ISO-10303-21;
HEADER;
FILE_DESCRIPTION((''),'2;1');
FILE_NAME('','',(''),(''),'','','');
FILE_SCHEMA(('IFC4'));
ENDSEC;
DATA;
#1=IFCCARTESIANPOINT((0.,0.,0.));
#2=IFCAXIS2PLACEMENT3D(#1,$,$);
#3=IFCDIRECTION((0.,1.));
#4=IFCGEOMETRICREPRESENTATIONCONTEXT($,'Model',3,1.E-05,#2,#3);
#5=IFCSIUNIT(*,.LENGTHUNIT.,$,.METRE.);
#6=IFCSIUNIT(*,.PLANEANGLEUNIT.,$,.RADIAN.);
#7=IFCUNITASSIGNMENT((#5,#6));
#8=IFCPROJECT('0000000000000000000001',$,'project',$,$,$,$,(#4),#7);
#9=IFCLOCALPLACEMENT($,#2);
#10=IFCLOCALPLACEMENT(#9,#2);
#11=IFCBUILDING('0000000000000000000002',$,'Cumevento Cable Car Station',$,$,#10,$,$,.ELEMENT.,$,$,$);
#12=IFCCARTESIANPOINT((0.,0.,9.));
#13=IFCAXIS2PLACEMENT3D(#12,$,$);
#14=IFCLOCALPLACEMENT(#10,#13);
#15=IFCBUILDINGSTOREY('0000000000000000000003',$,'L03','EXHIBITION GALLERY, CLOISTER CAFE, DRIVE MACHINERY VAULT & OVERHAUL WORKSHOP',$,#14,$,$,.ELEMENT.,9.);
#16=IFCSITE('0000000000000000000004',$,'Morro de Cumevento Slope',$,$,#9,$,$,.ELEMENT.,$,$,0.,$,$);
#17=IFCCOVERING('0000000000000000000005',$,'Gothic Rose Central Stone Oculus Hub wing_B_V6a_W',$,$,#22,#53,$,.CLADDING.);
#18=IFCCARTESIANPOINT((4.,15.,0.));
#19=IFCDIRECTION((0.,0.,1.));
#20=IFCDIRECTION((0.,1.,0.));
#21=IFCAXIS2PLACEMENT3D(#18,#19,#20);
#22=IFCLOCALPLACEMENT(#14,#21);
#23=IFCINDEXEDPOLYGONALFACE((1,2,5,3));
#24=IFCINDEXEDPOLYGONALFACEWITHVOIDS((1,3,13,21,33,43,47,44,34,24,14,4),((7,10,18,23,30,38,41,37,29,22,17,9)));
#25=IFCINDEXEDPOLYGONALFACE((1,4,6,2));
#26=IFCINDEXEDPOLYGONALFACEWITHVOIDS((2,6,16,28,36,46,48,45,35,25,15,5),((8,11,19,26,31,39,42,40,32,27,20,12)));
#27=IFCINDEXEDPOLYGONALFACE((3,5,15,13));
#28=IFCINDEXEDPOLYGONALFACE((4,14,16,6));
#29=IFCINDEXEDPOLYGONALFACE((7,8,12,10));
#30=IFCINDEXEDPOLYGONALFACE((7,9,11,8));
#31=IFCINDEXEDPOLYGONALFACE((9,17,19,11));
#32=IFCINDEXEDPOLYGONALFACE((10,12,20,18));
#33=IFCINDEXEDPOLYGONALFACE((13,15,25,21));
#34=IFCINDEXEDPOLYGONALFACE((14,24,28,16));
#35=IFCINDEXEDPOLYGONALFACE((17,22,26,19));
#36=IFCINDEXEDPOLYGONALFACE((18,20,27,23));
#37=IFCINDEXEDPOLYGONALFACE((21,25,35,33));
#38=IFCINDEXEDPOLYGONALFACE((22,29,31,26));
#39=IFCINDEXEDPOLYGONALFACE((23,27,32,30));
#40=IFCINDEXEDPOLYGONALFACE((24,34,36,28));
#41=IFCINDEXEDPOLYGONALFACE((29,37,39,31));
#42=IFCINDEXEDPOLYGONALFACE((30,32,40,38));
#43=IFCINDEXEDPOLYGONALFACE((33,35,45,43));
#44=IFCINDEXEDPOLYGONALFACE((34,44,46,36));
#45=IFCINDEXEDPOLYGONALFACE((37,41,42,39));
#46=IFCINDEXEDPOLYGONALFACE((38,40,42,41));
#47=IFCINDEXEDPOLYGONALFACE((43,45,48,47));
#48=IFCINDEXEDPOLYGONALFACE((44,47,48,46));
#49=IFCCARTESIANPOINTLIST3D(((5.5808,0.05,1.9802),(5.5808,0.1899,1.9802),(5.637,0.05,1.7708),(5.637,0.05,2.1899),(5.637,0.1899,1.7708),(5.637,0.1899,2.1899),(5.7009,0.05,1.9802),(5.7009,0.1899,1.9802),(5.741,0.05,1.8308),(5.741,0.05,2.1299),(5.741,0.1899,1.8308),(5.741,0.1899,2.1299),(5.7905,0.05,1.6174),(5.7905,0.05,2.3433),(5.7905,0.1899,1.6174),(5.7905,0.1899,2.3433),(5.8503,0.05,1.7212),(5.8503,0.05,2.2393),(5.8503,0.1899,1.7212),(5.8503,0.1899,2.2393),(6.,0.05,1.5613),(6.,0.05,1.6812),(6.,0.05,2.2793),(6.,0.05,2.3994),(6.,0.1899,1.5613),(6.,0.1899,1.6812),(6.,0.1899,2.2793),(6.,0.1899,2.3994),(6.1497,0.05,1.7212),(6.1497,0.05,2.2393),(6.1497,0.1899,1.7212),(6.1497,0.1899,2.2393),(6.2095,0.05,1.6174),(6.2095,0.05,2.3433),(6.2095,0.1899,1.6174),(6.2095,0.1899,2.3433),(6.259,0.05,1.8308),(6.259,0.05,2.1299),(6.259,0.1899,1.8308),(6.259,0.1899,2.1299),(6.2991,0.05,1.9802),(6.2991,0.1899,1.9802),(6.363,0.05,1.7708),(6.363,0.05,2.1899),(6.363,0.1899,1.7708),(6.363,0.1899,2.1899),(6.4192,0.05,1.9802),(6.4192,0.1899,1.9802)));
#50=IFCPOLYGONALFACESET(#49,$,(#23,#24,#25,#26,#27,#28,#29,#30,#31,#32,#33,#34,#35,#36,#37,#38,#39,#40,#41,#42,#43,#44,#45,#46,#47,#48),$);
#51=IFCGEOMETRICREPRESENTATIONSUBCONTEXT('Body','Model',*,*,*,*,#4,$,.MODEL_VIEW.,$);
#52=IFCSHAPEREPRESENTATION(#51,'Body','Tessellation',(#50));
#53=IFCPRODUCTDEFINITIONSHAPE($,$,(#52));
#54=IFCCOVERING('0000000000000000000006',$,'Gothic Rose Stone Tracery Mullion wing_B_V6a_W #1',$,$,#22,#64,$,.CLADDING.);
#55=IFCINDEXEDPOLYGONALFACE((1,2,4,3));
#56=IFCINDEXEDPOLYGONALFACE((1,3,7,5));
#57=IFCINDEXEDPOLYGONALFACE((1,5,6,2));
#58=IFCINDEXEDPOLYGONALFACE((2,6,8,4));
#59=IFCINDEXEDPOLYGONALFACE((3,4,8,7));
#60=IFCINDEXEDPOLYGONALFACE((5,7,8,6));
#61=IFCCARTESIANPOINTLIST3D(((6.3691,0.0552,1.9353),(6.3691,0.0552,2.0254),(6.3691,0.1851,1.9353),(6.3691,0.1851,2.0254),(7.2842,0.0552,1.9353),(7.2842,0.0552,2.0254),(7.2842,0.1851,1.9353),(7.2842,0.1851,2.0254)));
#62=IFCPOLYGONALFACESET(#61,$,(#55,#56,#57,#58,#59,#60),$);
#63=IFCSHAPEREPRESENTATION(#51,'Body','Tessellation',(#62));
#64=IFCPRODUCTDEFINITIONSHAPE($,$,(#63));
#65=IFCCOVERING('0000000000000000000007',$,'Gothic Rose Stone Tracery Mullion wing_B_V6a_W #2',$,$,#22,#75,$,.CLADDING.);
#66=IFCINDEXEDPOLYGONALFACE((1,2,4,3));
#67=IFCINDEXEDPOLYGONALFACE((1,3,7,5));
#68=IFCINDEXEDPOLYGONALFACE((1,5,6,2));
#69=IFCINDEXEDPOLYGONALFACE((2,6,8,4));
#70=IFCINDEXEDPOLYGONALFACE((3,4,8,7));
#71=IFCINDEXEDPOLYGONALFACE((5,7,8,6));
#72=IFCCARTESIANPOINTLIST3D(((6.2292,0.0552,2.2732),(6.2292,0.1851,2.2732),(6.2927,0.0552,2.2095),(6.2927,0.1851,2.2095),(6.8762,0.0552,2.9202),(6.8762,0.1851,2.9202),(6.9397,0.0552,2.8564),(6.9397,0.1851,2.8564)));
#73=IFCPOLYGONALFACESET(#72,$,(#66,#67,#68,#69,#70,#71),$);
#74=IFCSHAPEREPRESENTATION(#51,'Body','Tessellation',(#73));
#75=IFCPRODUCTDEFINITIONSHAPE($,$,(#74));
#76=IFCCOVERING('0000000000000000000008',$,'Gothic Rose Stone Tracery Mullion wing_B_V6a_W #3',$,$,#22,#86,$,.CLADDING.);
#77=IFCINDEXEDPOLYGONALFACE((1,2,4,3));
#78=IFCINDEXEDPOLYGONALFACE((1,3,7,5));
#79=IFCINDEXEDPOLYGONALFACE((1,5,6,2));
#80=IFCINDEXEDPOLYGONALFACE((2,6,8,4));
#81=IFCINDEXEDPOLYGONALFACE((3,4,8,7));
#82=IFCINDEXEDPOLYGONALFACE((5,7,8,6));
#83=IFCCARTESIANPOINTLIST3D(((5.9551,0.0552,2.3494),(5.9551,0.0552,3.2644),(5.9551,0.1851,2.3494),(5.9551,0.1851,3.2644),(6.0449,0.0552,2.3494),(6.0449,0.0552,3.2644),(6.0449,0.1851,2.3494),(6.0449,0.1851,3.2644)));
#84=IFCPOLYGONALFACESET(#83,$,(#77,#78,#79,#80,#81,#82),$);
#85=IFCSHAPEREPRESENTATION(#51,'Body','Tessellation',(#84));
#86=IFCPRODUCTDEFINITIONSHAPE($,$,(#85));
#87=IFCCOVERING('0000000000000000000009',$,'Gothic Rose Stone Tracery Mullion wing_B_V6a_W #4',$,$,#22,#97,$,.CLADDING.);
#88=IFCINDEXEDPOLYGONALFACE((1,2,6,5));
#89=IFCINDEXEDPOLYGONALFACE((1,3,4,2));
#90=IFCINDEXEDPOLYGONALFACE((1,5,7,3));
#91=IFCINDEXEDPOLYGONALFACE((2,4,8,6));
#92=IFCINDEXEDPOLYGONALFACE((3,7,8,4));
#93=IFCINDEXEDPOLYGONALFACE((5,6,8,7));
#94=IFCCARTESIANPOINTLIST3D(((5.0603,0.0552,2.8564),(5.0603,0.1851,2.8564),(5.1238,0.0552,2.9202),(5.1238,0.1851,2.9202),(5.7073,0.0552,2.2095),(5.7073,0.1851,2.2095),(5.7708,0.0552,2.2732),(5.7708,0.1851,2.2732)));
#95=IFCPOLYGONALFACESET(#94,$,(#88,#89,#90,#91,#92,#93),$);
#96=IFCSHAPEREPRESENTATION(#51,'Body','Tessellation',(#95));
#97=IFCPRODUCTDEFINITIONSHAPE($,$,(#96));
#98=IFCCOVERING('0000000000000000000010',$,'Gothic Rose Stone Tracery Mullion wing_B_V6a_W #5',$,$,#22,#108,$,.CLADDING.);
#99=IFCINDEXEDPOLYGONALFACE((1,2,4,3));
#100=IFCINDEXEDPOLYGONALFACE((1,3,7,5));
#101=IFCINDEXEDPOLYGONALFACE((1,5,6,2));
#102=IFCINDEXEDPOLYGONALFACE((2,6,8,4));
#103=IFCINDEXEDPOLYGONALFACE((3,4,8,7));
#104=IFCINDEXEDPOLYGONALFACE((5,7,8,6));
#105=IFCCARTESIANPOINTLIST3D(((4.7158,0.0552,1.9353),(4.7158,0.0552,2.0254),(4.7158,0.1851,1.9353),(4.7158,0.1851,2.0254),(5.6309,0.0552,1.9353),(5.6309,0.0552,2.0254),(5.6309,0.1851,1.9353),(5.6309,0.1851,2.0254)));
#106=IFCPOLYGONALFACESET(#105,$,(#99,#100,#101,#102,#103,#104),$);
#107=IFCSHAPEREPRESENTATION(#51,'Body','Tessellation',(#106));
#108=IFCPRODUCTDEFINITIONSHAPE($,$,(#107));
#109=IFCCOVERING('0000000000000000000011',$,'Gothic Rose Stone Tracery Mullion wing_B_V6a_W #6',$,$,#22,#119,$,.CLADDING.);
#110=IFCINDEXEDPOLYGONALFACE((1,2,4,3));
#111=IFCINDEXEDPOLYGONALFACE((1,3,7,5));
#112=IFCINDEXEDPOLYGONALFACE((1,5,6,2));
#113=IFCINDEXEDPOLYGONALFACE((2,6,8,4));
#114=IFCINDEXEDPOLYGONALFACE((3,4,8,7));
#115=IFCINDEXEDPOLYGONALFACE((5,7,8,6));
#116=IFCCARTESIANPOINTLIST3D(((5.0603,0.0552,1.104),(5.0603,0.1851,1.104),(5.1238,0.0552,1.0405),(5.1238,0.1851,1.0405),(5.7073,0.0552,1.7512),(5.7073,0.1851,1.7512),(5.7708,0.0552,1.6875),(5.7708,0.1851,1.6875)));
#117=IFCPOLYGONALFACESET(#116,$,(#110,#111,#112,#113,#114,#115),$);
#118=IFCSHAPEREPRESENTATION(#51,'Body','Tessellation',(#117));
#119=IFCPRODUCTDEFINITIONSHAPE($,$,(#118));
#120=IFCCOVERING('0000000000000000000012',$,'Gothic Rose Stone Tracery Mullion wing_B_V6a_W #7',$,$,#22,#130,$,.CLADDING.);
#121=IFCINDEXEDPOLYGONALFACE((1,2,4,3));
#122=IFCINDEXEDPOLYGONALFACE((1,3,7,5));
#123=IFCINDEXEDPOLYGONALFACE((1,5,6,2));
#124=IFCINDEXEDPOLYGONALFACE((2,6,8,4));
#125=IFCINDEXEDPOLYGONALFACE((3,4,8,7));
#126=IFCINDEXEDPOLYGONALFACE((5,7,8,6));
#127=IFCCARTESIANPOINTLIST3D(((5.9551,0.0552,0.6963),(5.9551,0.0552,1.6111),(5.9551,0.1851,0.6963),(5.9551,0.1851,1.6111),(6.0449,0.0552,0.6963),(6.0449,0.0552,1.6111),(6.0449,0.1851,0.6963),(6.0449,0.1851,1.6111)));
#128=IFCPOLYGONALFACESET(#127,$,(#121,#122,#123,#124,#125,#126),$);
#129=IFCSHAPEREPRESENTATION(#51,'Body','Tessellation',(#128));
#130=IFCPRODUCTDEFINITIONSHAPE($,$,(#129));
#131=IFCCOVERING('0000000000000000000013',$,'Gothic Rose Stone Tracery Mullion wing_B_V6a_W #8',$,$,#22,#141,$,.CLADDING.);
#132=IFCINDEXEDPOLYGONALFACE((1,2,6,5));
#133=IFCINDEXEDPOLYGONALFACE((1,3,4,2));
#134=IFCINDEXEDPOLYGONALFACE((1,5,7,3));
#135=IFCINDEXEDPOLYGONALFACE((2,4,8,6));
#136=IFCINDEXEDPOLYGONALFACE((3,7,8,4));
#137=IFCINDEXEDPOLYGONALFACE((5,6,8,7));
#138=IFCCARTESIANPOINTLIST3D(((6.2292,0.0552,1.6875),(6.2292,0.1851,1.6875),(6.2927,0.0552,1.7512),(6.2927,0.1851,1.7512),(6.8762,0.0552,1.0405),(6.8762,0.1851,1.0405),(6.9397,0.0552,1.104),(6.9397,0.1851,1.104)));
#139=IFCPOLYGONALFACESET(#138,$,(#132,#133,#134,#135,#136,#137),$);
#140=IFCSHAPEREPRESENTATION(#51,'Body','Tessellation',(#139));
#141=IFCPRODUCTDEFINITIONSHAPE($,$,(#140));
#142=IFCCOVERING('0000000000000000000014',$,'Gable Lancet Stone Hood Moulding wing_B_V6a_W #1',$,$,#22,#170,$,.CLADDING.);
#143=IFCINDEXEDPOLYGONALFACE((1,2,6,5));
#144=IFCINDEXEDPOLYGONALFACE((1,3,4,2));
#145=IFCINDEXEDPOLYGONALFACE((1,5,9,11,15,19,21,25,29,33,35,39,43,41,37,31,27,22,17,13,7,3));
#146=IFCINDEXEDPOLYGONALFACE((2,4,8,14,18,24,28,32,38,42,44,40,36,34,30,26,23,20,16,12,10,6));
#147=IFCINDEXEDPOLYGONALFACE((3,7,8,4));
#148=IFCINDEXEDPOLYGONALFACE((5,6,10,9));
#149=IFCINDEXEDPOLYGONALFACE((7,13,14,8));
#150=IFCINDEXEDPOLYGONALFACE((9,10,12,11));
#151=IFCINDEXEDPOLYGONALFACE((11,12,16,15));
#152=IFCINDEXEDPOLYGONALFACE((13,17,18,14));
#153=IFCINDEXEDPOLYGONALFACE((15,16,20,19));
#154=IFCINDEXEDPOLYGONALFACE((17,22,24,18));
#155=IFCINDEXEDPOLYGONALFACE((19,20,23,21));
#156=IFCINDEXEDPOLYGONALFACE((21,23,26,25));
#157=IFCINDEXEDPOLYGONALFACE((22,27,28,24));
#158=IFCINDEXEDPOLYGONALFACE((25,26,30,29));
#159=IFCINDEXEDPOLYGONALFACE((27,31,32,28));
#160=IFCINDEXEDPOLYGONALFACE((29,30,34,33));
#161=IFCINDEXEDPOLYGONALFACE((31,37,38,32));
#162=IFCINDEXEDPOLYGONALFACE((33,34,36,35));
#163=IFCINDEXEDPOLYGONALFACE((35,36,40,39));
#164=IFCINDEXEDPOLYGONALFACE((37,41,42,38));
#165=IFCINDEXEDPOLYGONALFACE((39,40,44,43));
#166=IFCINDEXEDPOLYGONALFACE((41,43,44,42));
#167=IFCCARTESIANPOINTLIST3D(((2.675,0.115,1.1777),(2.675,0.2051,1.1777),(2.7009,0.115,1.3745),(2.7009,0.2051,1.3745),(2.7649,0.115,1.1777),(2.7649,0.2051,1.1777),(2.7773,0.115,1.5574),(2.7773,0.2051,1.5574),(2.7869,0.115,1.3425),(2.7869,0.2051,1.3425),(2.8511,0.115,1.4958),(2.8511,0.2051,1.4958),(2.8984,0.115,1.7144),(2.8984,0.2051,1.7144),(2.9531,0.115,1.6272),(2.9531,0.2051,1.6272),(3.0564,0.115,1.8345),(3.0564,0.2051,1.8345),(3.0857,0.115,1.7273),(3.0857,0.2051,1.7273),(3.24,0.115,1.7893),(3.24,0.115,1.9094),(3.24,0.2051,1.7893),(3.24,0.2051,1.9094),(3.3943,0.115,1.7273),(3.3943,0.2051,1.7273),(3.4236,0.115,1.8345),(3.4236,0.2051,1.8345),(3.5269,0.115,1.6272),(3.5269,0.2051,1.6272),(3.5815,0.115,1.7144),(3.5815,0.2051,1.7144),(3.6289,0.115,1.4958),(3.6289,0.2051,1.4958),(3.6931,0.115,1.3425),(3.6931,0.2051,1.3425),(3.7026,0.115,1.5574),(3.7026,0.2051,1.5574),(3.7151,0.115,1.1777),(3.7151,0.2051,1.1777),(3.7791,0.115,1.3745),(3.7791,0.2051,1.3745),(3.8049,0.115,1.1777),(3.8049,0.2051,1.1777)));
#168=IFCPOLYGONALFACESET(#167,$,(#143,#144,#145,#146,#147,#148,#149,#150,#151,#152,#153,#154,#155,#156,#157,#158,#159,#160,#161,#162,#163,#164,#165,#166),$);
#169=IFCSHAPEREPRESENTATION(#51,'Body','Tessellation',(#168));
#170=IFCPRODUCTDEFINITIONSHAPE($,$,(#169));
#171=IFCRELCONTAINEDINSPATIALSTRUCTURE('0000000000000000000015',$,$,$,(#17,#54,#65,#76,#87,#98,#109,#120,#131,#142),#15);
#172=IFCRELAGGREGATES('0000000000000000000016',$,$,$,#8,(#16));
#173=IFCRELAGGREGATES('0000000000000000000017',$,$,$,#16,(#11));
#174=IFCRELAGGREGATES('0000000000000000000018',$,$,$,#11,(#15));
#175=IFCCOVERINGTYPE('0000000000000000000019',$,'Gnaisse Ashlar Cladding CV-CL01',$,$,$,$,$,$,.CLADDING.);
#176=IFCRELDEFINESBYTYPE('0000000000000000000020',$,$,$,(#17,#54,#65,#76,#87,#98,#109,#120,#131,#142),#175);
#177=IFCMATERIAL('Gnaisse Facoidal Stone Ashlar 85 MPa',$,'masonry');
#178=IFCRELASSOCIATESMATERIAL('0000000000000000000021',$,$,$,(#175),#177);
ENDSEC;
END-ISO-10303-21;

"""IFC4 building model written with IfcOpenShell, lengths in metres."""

from ifc_helpers import new_model, si_unit, direction, frame, origin, place, context, subcontext, project, spatial, polyline, outline, extrude, material, type_object, element, save


model = new_model("IFC4")

# Units and contexts
model_context = context("Model", 3, precision=1e-05, world=origin(), true_north=direction((0.0, 1.0)))
body_context = subcontext(model_context, "Body", "Model", "MODEL_VIEW")
ifc_project = project(units=[si_unit("LENGTHUNIT", "METRE"), si_unit("PLANEANGLEUNIT", "RADIAN")], contexts=[model_context])

# Site, building, storey
site_placement = place(None, origin())
site = spatial("IfcSite", under=ifc_project, at=site_placement, Name="Morro de Cumevento Slope", CompositionType="ELEMENT", RefElevation=0.0)
building_placement = place(site_placement, origin())
building = spatial("IfcBuilding", under=site, at=building_placement, Name="Cumevento Cable Car Station", CompositionType="ELEMENT")
storey_placement = place(building_placement, frame((0.0, 0.0, 9.0)))
storey = spatial("IfcBuildingStorey", under=building, at=storey_placement, Name="L03", Description="EXHIBITION GALLERY, CLOISTER CAFE, DRIVE MACHINERY VAULT & OVERHAUL WORKSHOP", CompositionType="ELEMENT", Elevation=9.0)

# Coverings
ifc_material_1 = material(Name="Gnaisse Facoidal Stone Ashlar 85 MPa", Category="masonry")
covering_type_1 = type_object("IfcCoveringType", Name="Gnaisse Ashlar Cladding CV-CL01", PredefinedType="CLADDING", material=ifc_material_1)
placement = place(storey_placement, frame((4.0, 15.0, 0.0), z_axis=(0.0, 0.0, 1.0), x_axis=(0.0, 1.0, 0.0)))
element("IfcCovering", 1, at=placement, inside=storey, type_object=covering_type_1, Name="Gothic Rose Central Stone Oculus Hub wing_B_V6a_W", PredefinedType="CLADDING", context=body_context, shape_type="SweptSolid", body=[
    extrude(outline(polyline([(6.4192, 1.9802), (6.363, 2.1899), (6.2095, 2.3433), (6.0, 2.3994), (5.7905, 2.3433), (5.637, 2.1899), (5.5808, 1.9802), (5.637, 1.7708), (5.7905, 1.6174), (6.0, 1.5613), (6.2095, 1.6174), (6.363, 1.7708), (6.4192, 1.9802)]), holes=[polyline([(6.2991, 1.9802), (6.259, 2.1299), (6.1497, 2.2393), (6.0, 2.2793), (5.8503, 2.2393), (5.741, 2.1299), (5.7009, 1.9802), (5.741, 1.8308), (5.8503, 1.7212), (6.0, 1.6812), (6.1497, 1.7212), (6.259, 1.8308), (6.2991, 1.9802)])]), frame((0.0, 0.1899, 0.0), z_axis=(0.0, -1.0, 0.0), x_axis=(1.0, 0.0, 0.0)), (0.0, 0.0, 1.0), 0.1399),
])
element("IfcCovering", 2, at=placement, inside=storey, type_object=covering_type_1, Name="Gothic Rose Stone Tracery Mullion wing_B_V6a_W #1", PredefinedType="CLADDING", context=body_context, shape_type="SweptSolid", body=[
    extrude(outline(polyline([(6.3691, 2.0254), (7.2842, 2.0254), (7.2842, 1.9353), (6.3691, 1.9353), (6.3691, 2.0254)])), frame((0.0, 0.1851, 0.0), z_axis=(0.0, -1.0, 0.0), x_axis=(1.0, 0.0, 0.0)), (0.0, 0.0, 1.0), 0.1299),
])
element("IfcCovering", 3, at=placement, inside=storey, type_object=covering_type_1, Name="Gothic Rose Stone Tracery Mullion wing_B_V6a_W #2", PredefinedType="CLADDING", context=body_context, shape_type="SweptSolid", body=[
    extrude(outline(polyline([(6.2292, 2.2732), (6.8762, 2.9202), (6.9397, 2.8564), (6.2927, 2.2095), (6.2292, 2.2732)])), frame((0.0, 0.1851, 0.0), z_axis=(0.0, -1.0, 0.0), x_axis=(1.0, 0.0, 0.0)), (0.0, 0.0, 1.0), 0.1299),
])
element("IfcCovering", 4, at=placement, inside=storey, type_object=covering_type_1, Name="Gothic Rose Stone Tracery Mullion wing_B_V6a_W #3", PredefinedType="CLADDING", context=body_context, shape_type="SweptSolid", body=[
    extrude(outline(polyline([(5.9551, 2.3494), (5.9551, 3.2644), (6.0449, 3.2644), (6.0449, 2.3494), (5.9551, 2.3494)])), frame((0.0, 0.1851, 0.0), z_axis=(0.0, -1.0, 0.0), x_axis=(1.0, 0.0, 0.0)), (0.0, 0.0, 1.0), 0.1299),
])
element("IfcCovering", 5, at=placement, inside=storey, type_object=covering_type_1, Name="Gothic Rose Stone Tracery Mullion wing_B_V6a_W #4", PredefinedType="CLADDING", context=body_context, shape_type="SweptSolid", body=[
    extrude(outline(polyline([(5.7073, 2.2095), (5.0603, 2.8564), (5.1238, 2.9202), (5.7708, 2.2732), (5.7073, 2.2095)])), frame((0.0, 0.1851, 0.0), z_axis=(0.0, -1.0, 0.0), x_axis=(1.0, 0.0, 0.0)), (0.0, 0.0, 1.0), 0.1299),
])
element("IfcCovering", 6, at=placement, inside=storey, type_object=covering_type_1, Name="Gothic Rose Stone Tracery Mullion wing_B_V6a_W #5", PredefinedType="CLADDING", context=body_context, shape_type="SweptSolid", body=[
    extrude(outline(polyline([(5.6309, 1.9353), (4.7158, 1.9353), (4.7158, 2.0254), (5.6309, 2.0254), (5.6309, 1.9353)])), frame((0.0, 0.1851, 0.0), z_axis=(0.0, -1.0, 0.0), x_axis=(1.0, 0.0, 0.0)), (0.0, 0.0, 1.0), 0.1299),
])
element("IfcCovering", 7, at=placement, inside=storey, type_object=covering_type_1, Name="Gothic Rose Stone Tracery Mullion wing_B_V6a_W #6", PredefinedType="CLADDING", context=body_context, shape_type="SweptSolid", body=[
    extrude(outline(polyline([(5.7708, 1.6875), (5.1238, 1.0405), (5.0603, 1.104), (5.7073, 1.7512), (5.7708, 1.6875)])), frame((0.0, 0.1851, 0.0), z_axis=(0.0, -1.0, 0.0), x_axis=(1.0, 0.0, 0.0)), (0.0, 0.0, 1.0), 0.1299),
])
element("IfcCovering", 8, at=placement, inside=storey, type_object=covering_type_1, Name="Gothic Rose Stone Tracery Mullion wing_B_V6a_W #7", PredefinedType="CLADDING", context=body_context, shape_type="SweptSolid", body=[
    extrude(outline(polyline([(6.0449, 1.6111), (6.0449, 0.6963), (5.9551, 0.6963), (5.9551, 1.6111), (6.0449, 1.6111)])), frame((0.0, 0.1851, 0.0), z_axis=(0.0, -1.0, 0.0), x_axis=(1.0, 0.0, 0.0)), (0.0, 0.0, 1.0), 0.1299),
])
element("IfcCovering", 9, at=placement, inside=storey, type_object=covering_type_1, Name="Gothic Rose Stone Tracery Mullion wing_B_V6a_W #8", PredefinedType="CLADDING", context=body_context, shape_type="SweptSolid", body=[
    extrude(outline(polyline([(6.2927, 1.7512), (6.9397, 1.104), (6.8762, 1.0405), (6.2292, 1.6875), (6.2927, 1.7512)])), frame((0.0, 0.1851, 0.0), z_axis=(0.0, -1.0, 0.0), x_axis=(1.0, 0.0, 0.0)), (0.0, 0.0, 1.0), 0.1299),
])
element("IfcCovering", 10, at=placement, inside=storey, type_object=covering_type_1, Name="Gable Lancet Stone Hood Moulding wing_B_V6a_W #1", PredefinedType="CLADDING", context=body_context, shape_type="SweptSolid", body=[
    extrude(outline(polyline([(2.7649, 1.1777), (2.7869, 1.3425), (2.8511, 1.4958), (2.9531, 1.6272), (3.0857, 1.7273), (3.24, 1.7893), (3.3943, 1.7273), (3.5269, 1.6272), (3.6289, 1.4958), (3.6931, 1.3425), (3.7151, 1.1777), (3.8049, 1.1777), (3.7791, 1.3745), (3.7026, 1.5574), (3.5815, 1.7144), (3.4236, 1.8345), (3.24, 1.9094), (3.0564, 1.8345), (2.8984, 1.7144), (2.7773, 1.5574), (2.7009, 1.3745), (2.675, 1.1777), (2.7649, 1.1777)])), frame((0.0, 0.2051, 0.0), z_axis=(0.0, -1.0, 0.0), x_axis=(1.0, 0.0, 0.0)), (0.0, 0.0, 1.0), 0.0901),
])

save(model, "model.ifc")
